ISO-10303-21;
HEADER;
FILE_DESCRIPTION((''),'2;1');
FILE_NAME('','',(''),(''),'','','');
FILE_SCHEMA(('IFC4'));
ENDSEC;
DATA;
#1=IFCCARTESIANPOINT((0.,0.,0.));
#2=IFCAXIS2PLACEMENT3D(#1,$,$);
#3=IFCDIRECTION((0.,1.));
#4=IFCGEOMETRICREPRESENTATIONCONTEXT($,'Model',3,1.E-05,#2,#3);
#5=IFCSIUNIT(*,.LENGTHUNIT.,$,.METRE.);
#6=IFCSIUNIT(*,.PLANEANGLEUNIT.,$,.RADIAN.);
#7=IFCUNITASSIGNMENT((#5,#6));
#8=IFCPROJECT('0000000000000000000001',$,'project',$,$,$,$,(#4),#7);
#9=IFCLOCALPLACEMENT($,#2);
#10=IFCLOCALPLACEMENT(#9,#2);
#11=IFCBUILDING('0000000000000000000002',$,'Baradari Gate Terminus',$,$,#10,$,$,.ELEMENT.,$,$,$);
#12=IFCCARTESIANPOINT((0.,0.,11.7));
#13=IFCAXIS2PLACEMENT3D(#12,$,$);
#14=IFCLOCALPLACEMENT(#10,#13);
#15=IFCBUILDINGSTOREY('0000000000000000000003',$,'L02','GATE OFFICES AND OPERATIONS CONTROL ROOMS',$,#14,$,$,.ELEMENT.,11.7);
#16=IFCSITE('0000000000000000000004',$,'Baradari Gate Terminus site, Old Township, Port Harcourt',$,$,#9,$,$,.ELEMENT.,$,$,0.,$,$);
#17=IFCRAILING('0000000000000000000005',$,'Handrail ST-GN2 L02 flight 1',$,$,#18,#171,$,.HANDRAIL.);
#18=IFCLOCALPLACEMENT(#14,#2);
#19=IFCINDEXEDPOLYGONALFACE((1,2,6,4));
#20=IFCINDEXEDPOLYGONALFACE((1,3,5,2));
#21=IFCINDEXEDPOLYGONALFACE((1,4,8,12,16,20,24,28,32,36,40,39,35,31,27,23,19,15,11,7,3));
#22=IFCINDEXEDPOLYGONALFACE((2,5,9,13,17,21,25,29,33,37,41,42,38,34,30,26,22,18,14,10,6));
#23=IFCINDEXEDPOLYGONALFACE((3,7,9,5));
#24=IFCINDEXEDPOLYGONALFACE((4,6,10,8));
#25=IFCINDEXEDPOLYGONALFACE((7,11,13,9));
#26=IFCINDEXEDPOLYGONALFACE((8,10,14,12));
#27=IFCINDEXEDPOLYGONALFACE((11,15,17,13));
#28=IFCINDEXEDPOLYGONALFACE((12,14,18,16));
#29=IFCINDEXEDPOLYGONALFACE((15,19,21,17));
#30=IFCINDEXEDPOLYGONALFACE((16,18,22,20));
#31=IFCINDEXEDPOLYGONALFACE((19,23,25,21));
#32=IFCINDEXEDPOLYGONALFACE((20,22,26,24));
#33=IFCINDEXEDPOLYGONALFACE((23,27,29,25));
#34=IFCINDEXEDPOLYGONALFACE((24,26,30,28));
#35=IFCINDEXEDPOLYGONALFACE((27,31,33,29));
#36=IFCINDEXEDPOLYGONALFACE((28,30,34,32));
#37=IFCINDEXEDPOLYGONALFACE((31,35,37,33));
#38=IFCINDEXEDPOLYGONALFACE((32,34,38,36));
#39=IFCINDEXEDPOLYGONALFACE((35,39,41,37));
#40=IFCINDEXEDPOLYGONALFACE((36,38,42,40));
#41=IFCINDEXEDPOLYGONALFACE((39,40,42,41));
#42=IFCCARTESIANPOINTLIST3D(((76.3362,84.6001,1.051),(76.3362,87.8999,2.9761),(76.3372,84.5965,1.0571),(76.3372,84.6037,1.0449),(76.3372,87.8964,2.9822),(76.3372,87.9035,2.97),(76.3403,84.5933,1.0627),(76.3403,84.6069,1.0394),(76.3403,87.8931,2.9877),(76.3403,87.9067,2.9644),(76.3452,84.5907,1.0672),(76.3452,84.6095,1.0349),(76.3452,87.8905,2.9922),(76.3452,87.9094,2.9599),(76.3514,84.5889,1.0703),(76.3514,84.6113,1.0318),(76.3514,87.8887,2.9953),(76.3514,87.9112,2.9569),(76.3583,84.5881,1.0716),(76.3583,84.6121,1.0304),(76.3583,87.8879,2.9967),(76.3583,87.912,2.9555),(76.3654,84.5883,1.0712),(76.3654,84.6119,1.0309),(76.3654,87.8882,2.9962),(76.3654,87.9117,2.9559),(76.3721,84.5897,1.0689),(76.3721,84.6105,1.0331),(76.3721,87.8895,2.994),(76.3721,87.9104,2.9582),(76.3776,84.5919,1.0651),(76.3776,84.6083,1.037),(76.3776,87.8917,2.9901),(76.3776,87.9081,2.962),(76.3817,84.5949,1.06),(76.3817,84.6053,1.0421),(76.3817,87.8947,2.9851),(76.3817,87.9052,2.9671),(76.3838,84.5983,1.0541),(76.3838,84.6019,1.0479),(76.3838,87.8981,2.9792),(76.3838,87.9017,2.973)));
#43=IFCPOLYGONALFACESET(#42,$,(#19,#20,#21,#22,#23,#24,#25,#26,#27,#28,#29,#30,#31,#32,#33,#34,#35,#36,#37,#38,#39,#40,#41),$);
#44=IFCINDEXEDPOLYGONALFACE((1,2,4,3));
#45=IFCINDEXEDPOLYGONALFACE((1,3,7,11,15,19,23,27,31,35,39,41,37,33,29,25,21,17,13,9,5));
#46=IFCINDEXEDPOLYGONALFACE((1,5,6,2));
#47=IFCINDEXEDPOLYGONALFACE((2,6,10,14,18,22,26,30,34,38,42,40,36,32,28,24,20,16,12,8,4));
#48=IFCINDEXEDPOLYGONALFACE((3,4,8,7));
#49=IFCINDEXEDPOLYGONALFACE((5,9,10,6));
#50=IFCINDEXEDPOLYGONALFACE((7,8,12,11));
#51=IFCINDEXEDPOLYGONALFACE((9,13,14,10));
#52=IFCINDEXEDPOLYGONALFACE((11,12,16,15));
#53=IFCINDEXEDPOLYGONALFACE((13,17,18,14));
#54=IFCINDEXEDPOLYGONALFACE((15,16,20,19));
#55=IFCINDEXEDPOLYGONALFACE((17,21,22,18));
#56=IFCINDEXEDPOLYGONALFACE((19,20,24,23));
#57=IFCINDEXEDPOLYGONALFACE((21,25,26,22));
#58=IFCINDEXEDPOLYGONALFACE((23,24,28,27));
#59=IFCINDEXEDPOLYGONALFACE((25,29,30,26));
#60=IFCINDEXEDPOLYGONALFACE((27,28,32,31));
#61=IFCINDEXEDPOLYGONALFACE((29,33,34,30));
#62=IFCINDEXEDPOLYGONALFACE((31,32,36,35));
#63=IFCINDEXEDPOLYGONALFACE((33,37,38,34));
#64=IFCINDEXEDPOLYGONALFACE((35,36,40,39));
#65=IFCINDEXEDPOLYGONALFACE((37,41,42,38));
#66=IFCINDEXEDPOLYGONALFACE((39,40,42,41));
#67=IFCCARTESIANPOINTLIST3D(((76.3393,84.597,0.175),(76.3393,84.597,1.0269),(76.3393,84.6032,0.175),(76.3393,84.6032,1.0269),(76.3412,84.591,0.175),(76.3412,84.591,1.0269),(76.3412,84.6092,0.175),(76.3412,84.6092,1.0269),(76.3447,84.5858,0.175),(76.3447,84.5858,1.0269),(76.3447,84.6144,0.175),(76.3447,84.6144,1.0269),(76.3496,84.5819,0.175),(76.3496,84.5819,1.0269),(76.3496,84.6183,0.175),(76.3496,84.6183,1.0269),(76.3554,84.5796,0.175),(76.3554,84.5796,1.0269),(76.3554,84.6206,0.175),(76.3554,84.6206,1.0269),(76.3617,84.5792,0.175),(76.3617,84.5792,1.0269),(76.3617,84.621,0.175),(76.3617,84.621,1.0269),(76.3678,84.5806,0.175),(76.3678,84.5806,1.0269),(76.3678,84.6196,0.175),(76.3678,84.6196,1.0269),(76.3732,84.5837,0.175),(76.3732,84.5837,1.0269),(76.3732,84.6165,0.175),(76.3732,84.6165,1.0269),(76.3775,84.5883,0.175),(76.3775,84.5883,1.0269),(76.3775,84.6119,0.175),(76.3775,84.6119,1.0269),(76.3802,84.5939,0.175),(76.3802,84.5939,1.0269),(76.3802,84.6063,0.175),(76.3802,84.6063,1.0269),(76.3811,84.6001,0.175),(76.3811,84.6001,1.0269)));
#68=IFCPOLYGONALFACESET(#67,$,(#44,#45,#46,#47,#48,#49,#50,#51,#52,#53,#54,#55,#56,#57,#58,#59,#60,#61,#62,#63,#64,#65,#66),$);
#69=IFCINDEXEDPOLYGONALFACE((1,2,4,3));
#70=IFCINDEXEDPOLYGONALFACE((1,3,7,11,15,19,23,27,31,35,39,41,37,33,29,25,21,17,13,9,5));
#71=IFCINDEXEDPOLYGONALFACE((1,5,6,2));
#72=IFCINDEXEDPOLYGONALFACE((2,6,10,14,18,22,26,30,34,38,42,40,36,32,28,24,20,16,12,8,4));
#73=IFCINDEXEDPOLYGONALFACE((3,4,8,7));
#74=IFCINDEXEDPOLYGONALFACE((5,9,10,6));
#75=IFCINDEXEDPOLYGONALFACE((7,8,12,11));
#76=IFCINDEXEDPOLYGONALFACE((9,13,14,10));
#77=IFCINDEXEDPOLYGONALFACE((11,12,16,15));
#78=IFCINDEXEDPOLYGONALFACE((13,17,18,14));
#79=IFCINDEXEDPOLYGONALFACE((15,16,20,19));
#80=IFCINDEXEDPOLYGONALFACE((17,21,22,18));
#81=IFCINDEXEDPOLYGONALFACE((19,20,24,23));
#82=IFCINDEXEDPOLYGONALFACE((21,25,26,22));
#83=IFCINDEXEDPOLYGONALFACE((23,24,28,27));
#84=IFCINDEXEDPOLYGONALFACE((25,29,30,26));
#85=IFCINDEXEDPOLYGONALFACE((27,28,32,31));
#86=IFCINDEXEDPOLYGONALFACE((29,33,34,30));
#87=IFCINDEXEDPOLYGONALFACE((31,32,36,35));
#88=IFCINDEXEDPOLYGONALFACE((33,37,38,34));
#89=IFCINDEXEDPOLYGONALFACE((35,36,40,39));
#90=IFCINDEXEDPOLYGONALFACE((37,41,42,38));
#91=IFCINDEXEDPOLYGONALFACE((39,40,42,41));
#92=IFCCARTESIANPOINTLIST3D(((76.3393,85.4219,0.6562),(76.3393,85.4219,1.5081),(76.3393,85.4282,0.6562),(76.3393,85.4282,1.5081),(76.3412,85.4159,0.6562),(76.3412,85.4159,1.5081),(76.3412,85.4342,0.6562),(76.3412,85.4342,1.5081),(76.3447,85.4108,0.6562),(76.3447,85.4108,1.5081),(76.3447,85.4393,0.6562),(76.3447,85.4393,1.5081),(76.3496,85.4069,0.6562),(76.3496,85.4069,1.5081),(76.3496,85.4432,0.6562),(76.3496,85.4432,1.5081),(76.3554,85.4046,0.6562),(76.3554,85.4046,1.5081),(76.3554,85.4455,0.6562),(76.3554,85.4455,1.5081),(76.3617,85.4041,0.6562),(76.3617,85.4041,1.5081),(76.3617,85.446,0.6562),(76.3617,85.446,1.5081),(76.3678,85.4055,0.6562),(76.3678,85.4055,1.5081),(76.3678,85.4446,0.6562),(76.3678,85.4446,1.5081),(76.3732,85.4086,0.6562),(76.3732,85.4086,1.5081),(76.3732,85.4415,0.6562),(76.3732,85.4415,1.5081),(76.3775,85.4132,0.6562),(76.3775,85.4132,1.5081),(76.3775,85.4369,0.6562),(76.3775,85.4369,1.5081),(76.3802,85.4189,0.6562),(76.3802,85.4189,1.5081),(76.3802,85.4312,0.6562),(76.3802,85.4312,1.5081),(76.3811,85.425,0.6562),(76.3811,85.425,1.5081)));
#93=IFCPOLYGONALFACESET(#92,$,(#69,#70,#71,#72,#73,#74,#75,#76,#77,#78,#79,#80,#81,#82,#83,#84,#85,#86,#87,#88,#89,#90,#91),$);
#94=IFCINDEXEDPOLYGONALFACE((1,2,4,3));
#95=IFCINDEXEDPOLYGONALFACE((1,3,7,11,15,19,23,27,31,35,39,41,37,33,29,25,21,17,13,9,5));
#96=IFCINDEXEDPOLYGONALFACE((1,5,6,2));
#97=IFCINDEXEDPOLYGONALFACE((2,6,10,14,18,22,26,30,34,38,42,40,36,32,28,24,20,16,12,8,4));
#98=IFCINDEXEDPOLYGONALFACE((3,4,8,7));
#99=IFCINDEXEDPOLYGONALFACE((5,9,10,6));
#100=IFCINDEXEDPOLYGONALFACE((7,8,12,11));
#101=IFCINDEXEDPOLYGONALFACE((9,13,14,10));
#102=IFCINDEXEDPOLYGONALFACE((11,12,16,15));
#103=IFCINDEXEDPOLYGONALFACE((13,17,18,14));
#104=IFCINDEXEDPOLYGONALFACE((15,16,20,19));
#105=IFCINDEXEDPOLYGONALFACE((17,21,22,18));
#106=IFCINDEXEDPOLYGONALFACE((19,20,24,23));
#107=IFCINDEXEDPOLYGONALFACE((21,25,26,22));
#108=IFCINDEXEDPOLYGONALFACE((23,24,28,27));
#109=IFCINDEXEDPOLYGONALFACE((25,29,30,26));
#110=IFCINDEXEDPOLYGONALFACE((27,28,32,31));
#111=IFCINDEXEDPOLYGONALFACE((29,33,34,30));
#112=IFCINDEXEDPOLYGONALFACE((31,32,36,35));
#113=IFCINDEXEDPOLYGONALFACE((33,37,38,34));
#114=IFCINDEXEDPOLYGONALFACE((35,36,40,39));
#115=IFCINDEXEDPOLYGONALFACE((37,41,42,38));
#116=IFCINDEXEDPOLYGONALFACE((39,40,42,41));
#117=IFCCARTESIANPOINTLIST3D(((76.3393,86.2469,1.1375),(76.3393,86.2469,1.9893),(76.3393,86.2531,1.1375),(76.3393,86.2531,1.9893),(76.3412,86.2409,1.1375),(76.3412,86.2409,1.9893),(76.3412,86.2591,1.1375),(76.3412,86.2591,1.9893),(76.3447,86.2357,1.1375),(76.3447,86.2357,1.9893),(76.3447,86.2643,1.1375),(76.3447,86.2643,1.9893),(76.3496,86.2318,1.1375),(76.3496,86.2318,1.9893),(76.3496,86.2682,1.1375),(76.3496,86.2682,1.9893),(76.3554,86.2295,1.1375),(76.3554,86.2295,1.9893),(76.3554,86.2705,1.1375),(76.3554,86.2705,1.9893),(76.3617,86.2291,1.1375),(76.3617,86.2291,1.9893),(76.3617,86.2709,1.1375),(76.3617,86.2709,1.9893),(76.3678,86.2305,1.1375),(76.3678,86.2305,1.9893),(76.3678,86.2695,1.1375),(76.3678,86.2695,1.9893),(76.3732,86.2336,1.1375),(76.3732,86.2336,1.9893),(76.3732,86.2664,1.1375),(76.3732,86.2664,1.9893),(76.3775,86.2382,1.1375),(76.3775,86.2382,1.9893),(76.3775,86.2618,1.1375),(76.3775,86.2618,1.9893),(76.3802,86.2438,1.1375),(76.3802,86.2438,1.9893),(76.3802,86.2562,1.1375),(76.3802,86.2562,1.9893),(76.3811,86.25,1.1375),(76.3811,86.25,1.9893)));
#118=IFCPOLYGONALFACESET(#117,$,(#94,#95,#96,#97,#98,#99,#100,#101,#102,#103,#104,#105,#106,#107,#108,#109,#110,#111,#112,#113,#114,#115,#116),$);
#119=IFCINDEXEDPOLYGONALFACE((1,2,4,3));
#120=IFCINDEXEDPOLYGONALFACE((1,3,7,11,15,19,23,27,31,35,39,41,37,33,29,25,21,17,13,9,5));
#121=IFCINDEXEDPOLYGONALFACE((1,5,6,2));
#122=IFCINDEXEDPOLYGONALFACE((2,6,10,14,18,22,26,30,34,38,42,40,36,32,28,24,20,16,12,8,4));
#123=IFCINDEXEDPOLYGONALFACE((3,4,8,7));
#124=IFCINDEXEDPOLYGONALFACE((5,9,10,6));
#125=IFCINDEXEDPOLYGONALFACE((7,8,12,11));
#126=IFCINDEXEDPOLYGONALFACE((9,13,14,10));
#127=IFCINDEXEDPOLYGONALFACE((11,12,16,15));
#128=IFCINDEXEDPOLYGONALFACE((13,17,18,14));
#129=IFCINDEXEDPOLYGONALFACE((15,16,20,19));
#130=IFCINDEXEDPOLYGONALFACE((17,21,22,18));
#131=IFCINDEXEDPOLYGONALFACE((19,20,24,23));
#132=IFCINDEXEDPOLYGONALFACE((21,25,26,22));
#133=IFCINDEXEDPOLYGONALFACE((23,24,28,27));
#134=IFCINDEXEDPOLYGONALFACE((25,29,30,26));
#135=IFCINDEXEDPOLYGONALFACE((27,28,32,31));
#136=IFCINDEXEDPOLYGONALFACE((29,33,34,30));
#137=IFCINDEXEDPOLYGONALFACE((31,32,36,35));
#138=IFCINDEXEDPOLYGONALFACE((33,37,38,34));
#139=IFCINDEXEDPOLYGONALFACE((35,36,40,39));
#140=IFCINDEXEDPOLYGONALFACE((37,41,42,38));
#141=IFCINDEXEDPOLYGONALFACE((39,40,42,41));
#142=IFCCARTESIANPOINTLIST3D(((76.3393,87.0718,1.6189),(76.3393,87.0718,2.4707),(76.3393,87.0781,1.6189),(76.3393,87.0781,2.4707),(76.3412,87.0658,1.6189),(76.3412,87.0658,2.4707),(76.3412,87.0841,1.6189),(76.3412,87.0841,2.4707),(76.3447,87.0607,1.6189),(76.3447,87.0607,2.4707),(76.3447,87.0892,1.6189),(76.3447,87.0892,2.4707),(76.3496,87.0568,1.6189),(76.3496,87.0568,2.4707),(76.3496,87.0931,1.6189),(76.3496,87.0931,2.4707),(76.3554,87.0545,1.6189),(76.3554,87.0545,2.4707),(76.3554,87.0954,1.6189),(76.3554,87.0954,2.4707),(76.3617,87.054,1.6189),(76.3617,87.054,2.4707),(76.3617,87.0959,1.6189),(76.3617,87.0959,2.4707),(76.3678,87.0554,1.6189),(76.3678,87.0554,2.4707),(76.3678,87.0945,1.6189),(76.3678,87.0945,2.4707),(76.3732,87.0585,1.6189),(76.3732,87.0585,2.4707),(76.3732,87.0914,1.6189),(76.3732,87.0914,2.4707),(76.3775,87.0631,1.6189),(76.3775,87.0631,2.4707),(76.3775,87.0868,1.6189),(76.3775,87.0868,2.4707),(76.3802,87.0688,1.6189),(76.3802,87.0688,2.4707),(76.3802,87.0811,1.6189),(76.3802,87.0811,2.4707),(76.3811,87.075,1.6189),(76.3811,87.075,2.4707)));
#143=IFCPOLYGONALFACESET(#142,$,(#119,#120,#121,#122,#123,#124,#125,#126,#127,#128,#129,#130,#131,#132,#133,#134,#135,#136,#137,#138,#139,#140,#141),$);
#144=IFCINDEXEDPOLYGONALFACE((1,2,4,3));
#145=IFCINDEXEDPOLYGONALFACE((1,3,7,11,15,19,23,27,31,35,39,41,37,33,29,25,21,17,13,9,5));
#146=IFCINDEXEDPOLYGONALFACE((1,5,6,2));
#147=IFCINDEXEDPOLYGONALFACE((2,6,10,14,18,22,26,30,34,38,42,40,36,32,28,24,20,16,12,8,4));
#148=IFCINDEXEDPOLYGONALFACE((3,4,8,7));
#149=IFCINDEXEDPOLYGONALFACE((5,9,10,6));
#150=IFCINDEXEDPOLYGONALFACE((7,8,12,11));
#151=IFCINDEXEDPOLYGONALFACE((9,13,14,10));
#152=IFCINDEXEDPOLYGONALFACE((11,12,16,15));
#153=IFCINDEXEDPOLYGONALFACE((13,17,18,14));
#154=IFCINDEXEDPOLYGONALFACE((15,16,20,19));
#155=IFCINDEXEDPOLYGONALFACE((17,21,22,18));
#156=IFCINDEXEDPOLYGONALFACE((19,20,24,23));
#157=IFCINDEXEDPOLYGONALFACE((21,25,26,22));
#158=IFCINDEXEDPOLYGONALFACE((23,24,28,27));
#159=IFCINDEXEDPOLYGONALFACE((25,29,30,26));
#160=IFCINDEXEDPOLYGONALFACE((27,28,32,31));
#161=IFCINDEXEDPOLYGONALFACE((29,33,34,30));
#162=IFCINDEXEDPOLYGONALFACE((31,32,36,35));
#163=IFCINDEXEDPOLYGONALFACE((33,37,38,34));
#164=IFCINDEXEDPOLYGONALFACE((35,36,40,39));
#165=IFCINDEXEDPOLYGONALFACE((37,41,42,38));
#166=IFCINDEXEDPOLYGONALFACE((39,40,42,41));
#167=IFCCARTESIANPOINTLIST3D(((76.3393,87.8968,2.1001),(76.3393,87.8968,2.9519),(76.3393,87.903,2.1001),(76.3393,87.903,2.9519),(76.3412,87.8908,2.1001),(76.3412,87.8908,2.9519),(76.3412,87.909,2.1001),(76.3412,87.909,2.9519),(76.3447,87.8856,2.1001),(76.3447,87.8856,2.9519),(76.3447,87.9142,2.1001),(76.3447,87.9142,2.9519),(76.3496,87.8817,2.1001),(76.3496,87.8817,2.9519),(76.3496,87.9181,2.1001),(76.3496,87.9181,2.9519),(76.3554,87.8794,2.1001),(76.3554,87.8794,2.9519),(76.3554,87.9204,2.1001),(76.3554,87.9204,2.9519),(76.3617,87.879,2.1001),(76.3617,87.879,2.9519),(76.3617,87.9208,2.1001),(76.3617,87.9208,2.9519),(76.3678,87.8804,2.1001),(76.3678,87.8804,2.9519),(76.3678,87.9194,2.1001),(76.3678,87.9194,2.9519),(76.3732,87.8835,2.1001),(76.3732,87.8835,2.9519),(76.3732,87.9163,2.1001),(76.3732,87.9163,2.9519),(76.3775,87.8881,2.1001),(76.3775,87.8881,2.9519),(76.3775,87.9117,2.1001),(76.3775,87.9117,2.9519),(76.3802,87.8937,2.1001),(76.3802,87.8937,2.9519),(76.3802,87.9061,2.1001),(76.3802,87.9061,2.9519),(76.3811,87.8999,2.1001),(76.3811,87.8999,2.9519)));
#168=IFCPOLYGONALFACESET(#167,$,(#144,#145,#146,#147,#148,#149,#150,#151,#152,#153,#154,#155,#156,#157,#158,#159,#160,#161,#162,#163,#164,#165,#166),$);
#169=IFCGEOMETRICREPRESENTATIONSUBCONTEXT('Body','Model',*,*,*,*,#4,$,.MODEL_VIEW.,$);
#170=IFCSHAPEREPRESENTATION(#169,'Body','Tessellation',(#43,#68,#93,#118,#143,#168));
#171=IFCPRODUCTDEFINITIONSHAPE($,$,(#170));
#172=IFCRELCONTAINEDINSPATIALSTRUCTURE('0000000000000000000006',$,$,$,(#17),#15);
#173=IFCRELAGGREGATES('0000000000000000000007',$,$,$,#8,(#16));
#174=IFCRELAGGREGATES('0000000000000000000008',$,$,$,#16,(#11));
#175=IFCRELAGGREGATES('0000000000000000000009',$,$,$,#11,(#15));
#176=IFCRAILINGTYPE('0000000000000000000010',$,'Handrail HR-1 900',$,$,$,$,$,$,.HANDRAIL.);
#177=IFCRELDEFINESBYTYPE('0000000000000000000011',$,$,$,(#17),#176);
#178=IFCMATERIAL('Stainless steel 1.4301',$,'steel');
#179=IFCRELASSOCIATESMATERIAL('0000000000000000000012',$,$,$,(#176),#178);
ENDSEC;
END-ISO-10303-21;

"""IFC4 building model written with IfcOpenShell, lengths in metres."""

from ifc_helpers import new_model, si_unit, direction, frame, origin, origin_2d, place, context, subcontext, project, spatial, circle, extrude, material, type_object, element, save


model = new_model("IFC4")

# Units and contexts
model_context = context("Model", 3, precision=1e-05, world=origin(), true_north=direction((0.0, 1.0)))
body_context = subcontext(model_context, "Body", "Model", "MODEL_VIEW")
ifc_project = project(units=[si_unit("LENGTHUNIT", "METRE"), si_unit("PLANEANGLEUNIT", "RADIAN")], contexts=[model_context])

# Site, building, storey
site_placement = place(None, origin())
site = spatial("IfcSite", under=ifc_project, at=site_placement, Name="Baradari Gate Terminus site, Old Township, Port Harcourt", CompositionType="ELEMENT", RefElevation=0.0)
building_placement = place(site_placement, origin())
building = spatial("IfcBuilding", under=site, at=building_placement, Name="Baradari Gate Terminus", CompositionType="ELEMENT")
storey_placement = place(building_placement, frame((0.0, 0.0, 11.7)))
storey = spatial("IfcBuildingStorey", under=building, at=storey_placement, Name="L02", Description="GATE OFFICES AND OPERATIONS CONTROL ROOMS", CompositionType="ELEMENT", Elevation=11.7)

# Railing
ifc_material_1 = material(Name="Stainless steel 1.4301", Category="steel")
railing_type = type_object("IfcRailingType", Name="Handrail HR-1 900", PredefinedType="HANDRAIL", material=ifc_material_1)
for number, where, name in (
    (1, (76.3601, 84.6001, 0.175), "Handrail ST-GN2 L02 flight 1"),
):
    element("IfcRailing", number, at=place(storey_placement, frame(where)), inside=storey, type_object=railing_type, Name=name, PredefinedType="HANDRAIL", context=body_context, shape_type="SweptSolid", body=[
        extrude(circle(Radius=0.0239, at=origin_2d()), frame((0.0, 0.0, 0.876), z_axis=(0.0, 0.86376, 0.503903), x_axis=(-1.0, 0.0, 0.0)), (0.0, 0.0, 1.0), 3.8203),
        extrude(circle(Radius=0.021, at=origin_2d()), origin(), (0.0, 0.0, 1.0), 0.8518),
        extrude(circle(Radius=0.021, at=origin_2d()), frame((0.0, 0.825, 0.4812)), (0.0, 0.0, 1.0), 0.8518),
        extrude(circle(Radius=0.021, at=origin_2d()), frame((0.0, 1.6499, 0.9624)), (0.0, 0.0, 1.0), 0.8518),
        extrude(circle(Radius=0.021, at=origin_2d()), frame((0.0, 2.4749, 1.4438)), (0.0, 0.0, 1.0), 0.8518),
        extrude(circle(Radius=0.021, at=origin_2d()), frame((0.0, 3.2998, 1.925)), (0.0, 0.0, 1.0), 0.8518),
    ])

save(model, "model.ifc")
